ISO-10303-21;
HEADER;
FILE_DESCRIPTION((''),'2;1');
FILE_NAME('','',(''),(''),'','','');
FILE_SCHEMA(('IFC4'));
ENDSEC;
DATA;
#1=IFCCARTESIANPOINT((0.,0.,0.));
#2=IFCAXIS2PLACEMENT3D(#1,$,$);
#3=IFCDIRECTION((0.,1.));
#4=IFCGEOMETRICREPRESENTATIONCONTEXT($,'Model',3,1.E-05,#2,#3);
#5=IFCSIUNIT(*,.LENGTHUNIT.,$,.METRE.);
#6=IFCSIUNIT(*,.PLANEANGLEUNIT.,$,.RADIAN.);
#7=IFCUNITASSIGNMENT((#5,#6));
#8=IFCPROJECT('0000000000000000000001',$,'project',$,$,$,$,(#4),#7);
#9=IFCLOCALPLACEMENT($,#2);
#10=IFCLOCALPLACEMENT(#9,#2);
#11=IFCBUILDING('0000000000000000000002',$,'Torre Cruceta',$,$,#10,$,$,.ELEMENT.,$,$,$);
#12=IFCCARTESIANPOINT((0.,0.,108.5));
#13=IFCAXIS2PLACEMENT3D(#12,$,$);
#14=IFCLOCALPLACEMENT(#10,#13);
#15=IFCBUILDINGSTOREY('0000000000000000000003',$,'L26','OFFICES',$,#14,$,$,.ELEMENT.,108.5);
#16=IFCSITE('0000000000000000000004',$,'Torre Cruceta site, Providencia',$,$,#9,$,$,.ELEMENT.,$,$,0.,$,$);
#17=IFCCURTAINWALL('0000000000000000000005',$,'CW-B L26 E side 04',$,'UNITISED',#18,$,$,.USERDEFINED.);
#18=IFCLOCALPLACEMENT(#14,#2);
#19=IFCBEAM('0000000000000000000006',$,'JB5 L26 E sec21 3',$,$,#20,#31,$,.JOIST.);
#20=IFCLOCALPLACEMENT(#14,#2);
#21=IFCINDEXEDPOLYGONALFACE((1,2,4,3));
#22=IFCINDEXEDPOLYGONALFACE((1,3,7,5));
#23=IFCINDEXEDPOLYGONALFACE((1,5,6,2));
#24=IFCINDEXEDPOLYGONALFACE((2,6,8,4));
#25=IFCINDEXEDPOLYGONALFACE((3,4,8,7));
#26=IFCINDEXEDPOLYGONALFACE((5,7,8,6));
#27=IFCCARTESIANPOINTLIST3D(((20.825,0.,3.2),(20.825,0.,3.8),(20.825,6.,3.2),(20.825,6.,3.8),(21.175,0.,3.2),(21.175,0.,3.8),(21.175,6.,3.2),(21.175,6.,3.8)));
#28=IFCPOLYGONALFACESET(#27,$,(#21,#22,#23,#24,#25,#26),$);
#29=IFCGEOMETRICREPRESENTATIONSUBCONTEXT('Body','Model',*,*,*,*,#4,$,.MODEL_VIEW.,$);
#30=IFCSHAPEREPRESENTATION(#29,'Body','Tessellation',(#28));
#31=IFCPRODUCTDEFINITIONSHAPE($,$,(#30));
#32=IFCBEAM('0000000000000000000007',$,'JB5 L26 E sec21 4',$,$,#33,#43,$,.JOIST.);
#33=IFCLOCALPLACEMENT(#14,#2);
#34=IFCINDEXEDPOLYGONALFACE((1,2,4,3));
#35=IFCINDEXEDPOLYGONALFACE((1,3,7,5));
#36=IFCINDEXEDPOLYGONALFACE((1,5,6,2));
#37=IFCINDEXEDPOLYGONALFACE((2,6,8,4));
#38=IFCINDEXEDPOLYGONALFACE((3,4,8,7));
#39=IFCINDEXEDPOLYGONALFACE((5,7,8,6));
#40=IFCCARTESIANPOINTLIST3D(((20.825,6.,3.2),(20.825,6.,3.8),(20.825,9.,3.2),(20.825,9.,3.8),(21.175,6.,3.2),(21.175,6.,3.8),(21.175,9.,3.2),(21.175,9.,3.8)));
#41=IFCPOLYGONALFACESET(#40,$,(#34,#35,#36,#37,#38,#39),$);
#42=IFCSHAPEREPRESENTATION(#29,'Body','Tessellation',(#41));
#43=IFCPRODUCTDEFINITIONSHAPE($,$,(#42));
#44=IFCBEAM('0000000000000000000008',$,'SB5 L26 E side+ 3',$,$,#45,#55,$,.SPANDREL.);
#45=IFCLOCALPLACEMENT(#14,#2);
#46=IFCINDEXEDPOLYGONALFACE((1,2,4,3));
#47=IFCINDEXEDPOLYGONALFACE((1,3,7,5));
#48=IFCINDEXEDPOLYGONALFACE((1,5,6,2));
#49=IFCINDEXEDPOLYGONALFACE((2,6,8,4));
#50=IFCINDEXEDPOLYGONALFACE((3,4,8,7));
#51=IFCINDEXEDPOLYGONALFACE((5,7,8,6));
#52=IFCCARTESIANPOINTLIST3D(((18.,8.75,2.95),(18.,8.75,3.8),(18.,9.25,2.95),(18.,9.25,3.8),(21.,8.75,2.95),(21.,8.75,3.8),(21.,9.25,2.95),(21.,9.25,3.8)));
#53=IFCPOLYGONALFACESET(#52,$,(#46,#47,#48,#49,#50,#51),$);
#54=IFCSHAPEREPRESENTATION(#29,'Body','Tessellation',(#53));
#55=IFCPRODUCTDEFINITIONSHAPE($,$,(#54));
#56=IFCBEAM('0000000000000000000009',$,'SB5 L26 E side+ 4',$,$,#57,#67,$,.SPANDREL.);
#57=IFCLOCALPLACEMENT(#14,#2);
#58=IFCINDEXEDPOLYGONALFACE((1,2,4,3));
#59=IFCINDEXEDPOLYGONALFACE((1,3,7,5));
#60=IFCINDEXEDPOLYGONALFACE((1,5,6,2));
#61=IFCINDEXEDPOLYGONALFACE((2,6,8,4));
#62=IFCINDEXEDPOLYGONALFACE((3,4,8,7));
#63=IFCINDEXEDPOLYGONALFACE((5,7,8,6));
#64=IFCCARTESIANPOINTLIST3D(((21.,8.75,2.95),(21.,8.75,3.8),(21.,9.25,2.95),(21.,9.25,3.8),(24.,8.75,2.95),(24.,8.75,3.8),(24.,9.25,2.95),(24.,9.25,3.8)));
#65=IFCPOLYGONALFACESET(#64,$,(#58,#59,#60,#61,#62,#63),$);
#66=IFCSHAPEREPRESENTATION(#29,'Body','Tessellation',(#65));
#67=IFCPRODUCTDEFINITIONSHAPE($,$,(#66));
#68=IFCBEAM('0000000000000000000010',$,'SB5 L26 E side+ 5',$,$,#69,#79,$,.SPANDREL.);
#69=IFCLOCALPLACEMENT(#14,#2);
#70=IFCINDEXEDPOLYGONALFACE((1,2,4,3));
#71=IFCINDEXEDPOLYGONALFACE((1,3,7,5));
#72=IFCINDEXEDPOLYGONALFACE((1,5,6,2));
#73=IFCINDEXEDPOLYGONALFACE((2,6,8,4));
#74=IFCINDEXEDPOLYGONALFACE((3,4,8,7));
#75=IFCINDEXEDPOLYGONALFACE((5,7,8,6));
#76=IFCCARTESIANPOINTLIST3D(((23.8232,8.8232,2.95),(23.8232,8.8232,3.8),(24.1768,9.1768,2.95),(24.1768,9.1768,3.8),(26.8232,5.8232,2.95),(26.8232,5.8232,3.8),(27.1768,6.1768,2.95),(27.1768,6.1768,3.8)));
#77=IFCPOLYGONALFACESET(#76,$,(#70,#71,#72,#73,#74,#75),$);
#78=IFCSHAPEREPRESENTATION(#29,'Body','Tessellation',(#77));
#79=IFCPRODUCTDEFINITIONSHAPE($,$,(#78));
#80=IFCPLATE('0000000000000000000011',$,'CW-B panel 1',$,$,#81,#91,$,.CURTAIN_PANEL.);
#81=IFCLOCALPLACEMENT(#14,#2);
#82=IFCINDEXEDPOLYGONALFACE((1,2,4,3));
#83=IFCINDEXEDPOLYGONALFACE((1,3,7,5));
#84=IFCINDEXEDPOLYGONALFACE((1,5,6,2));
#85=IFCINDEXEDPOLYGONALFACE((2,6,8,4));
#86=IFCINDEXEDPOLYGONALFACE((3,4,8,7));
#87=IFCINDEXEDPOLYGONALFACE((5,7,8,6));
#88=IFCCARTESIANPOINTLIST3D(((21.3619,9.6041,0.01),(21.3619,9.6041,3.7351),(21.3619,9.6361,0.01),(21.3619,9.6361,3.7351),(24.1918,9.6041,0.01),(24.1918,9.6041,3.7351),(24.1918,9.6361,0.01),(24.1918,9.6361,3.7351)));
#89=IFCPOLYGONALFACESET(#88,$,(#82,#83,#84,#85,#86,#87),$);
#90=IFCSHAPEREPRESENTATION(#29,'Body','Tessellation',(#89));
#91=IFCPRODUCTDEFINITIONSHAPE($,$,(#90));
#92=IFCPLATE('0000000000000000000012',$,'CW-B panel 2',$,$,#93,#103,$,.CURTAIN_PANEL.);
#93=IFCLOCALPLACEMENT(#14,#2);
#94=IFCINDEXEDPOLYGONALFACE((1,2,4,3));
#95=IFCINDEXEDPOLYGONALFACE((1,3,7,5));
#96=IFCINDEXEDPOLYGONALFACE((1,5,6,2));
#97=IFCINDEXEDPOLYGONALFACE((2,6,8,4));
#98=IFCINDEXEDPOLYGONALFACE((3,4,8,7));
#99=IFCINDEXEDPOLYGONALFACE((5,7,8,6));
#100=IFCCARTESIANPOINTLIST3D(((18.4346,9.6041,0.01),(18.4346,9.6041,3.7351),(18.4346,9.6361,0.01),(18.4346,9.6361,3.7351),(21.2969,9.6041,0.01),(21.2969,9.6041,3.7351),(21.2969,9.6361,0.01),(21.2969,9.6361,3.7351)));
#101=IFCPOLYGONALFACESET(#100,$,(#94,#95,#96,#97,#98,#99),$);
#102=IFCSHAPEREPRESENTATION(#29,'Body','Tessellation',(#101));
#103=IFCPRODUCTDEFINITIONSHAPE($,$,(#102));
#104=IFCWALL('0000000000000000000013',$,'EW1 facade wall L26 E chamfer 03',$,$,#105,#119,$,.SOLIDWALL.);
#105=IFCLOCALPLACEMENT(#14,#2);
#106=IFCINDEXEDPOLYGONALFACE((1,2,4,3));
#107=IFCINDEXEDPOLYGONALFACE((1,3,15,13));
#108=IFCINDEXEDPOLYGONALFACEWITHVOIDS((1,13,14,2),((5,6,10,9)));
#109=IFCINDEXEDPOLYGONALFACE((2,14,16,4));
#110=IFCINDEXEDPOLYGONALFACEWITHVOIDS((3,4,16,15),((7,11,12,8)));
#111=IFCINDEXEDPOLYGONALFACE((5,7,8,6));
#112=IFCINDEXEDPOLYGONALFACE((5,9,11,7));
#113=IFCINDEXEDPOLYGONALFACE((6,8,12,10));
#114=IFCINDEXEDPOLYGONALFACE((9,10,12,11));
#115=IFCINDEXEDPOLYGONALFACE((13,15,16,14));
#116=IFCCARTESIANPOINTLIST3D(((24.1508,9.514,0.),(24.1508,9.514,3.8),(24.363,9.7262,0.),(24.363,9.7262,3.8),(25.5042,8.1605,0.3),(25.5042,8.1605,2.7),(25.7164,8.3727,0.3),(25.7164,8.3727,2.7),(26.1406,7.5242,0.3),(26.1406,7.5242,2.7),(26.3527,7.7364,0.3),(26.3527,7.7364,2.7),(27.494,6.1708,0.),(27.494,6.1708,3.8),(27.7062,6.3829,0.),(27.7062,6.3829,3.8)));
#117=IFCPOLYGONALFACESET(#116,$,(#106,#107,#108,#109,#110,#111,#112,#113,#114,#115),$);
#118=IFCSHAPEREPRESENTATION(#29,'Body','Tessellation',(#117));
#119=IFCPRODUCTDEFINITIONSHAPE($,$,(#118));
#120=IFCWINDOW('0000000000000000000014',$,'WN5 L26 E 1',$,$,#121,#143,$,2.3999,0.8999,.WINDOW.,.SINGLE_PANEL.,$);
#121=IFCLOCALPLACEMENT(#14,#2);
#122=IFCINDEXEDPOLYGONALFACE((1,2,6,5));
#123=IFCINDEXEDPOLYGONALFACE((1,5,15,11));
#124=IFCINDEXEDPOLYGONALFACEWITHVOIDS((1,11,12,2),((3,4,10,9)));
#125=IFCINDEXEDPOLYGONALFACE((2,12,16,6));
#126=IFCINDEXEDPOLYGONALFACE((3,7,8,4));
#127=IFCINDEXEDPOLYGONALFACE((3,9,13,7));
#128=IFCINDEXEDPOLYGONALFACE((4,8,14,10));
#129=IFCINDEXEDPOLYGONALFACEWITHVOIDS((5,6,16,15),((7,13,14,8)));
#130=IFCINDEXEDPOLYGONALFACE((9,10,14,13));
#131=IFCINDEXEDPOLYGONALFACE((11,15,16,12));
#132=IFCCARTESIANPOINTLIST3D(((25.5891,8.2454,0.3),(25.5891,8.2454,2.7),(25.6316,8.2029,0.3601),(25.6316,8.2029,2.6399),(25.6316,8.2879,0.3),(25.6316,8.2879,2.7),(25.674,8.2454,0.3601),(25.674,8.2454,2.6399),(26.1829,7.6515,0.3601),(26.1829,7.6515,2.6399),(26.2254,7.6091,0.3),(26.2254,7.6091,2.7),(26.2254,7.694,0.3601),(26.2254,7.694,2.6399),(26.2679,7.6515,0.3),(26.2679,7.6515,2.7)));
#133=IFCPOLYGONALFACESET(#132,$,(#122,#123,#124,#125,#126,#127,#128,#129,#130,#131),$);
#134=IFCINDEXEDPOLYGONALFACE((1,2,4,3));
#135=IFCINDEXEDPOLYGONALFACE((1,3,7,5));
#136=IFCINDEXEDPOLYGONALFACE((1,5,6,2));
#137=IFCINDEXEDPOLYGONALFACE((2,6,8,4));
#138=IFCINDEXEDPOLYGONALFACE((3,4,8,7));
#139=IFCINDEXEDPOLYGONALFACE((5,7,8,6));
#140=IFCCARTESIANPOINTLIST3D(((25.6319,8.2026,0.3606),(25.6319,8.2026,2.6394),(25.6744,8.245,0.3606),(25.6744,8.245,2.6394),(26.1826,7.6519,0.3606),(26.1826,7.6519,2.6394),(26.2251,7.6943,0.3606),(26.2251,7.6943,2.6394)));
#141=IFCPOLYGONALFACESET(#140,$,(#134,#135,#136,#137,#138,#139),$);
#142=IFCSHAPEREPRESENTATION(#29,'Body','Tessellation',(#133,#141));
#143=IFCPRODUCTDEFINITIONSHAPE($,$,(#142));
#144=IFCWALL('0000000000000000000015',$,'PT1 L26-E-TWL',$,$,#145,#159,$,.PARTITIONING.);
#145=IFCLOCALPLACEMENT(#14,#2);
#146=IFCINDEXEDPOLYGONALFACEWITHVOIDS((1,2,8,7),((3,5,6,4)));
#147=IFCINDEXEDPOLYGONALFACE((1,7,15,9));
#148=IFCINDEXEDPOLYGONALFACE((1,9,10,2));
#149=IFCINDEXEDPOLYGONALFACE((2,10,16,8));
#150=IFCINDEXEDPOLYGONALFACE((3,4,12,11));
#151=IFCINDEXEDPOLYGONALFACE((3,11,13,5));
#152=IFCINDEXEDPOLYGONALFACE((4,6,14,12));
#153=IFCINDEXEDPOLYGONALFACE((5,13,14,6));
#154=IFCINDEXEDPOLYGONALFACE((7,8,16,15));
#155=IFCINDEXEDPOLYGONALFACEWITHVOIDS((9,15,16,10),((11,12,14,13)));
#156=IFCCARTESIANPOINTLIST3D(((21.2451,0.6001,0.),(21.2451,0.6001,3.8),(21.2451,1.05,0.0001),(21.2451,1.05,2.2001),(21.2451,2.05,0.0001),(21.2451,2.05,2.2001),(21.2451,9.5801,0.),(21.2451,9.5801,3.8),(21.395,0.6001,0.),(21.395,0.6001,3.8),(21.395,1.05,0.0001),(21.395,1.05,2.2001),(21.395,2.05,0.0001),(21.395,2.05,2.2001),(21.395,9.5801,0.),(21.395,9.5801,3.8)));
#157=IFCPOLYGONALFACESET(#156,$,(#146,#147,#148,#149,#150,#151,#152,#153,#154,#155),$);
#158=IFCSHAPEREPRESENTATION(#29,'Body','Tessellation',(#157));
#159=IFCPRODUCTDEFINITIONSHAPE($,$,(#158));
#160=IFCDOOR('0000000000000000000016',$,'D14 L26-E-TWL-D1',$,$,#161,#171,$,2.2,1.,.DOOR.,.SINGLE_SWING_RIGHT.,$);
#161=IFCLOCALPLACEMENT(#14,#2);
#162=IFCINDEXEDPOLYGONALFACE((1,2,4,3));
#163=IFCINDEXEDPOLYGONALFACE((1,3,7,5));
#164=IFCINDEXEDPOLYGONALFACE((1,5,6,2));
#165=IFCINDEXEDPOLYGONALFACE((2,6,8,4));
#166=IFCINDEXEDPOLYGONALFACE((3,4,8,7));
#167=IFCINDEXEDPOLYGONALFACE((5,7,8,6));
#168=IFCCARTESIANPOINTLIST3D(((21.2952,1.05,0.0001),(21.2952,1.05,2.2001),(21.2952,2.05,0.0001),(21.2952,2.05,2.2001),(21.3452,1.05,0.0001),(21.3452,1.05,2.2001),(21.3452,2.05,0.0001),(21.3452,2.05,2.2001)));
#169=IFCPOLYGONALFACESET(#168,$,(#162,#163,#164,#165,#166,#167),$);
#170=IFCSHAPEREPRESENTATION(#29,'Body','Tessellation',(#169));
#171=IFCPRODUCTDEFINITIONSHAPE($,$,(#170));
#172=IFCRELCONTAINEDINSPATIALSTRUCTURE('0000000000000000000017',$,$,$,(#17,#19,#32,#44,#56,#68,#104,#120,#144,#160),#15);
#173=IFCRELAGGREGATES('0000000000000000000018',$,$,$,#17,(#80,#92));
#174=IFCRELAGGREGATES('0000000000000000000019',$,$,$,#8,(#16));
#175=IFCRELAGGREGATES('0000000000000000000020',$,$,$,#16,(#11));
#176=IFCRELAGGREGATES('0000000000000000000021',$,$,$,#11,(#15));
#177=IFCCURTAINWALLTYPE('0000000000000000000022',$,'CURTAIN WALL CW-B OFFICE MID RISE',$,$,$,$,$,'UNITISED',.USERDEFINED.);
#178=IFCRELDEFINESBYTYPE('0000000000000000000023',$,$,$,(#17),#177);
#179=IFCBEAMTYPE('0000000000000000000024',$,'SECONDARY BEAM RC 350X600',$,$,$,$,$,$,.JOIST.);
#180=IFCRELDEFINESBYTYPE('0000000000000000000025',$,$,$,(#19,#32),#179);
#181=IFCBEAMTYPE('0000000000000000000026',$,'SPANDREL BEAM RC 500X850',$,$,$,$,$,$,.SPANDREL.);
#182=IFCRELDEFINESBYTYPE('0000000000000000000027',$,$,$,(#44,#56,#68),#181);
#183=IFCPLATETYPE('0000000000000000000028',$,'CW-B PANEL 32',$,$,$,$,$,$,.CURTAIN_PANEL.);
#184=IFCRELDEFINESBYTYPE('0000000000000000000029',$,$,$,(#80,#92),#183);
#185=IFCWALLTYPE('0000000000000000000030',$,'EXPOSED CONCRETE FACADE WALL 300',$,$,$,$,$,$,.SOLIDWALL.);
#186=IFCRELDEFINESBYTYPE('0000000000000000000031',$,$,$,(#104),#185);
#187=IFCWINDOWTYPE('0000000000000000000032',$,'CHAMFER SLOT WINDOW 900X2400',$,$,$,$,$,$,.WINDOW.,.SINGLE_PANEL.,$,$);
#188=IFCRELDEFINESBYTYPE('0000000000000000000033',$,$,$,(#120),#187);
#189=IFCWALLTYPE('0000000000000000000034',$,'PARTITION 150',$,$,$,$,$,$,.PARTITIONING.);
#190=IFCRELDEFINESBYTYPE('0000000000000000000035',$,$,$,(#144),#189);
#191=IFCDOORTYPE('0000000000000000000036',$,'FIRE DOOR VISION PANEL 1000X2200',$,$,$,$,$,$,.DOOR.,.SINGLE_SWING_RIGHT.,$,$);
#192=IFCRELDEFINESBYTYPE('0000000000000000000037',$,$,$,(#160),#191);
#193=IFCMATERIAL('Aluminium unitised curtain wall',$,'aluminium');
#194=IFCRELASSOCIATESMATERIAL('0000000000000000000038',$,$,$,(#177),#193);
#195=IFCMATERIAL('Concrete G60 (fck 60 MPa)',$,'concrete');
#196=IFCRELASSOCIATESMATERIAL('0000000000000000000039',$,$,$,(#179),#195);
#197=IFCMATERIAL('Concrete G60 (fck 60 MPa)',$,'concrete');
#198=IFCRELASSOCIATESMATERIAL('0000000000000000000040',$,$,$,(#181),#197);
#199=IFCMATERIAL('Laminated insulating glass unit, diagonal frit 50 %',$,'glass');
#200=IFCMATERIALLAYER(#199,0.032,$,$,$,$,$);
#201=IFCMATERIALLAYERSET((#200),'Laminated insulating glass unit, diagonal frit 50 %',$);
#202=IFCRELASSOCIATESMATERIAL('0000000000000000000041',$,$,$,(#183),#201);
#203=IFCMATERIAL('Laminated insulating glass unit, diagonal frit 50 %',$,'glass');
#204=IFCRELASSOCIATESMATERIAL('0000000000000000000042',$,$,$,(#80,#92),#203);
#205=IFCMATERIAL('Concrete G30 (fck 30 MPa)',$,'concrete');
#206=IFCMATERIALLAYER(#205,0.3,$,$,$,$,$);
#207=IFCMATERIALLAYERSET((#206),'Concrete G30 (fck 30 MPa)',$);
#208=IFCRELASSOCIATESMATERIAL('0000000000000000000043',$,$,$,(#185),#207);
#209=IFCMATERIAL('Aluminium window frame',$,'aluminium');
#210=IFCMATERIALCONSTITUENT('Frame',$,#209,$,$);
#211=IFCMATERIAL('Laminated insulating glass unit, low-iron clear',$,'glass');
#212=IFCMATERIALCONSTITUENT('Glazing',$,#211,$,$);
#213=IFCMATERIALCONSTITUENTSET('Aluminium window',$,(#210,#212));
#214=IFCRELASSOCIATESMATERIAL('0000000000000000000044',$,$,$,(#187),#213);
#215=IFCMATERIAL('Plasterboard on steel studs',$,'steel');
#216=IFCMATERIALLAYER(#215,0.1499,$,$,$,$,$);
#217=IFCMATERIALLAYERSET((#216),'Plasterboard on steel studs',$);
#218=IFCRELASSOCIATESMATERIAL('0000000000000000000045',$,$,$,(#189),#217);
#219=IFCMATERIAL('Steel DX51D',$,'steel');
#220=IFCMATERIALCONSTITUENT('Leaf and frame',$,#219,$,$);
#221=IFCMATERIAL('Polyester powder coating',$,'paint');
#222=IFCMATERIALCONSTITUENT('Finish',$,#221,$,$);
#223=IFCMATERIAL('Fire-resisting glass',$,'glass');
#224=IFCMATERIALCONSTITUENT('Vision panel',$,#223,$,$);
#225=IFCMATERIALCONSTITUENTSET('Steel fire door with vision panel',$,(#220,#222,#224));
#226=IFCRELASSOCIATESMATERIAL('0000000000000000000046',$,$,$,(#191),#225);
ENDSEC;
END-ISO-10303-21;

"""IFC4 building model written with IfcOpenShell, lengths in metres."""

from ifc_helpers import new_model, si_unit, direction, frame, frame_2d, origin, origin_2d, place, context, subcontext, project, spatial, rectangle, hollow_rectangle, extrude, material, layer, layer_set, constituent, constituent_set, material_profile, profile_set, type_object, element, fill, aggregate, save


model = new_model("IFC4")

# Units and contexts
model_context = context("Model", 3, precision=1e-05, world=origin(), true_north=direction((0.0, 1.0)))
body_context = subcontext(model_context, "Body", "Model", "MODEL_VIEW")
ifc_project = project(units=[si_unit("LENGTHUNIT", "METRE"), si_unit("PLANEANGLEUNIT", "RADIAN")], contexts=[model_context])

# Site, building, storey
site_placement = place(None, origin())
site = spatial("IfcSite", under=ifc_project, at=site_placement, Name="Torre Cruceta site, Providencia", CompositionType="ELEMENT", RefElevation=0.0)
building_placement = place(site_placement, origin())
building = spatial("IfcBuilding", under=site, at=building_placement, Name="Torre Cruceta", CompositionType="ELEMENT")
storey_placement = place(building_placement, frame((0.0, 0.0, 108.5)))
storey = spatial("IfcBuildingStorey", under=building, at=storey_placement, Name="L26", Description="OFFICES", CompositionType="ELEMENT", Elevation=108.5)

# Curtain wall
ifc_material_1 = material(Name="Aluminium unitised curtain wall", Category="aluminium")
curtain_wall_type = type_object("IfcCurtainWallType", Name="CURTAIN WALL CW-B OFFICE MID RISE", ElementType="UNITISED", PredefinedType="USERDEFINED", material=ifc_material_1)
curtain_wall_placement = place(storey_placement, origin())
curtain_wall = element("IfcCurtainWall", 1, at=curtain_wall_placement, inside=storey, type_object=curtain_wall_type, Name="CW-B L26 E side 04", ObjectType="UNITISED", PredefinedType="USERDEFINED")

# Beams
ifc_material_2 = material(Name="Concrete G60 (fck 60 MPa)", Category="concrete")
ifc_material_profile_1 = material_profile(ifc_material_2, rectangle(XDim=0.3501, YDim=0.6001, at=origin_2d()), Name="RC 350X600")
ifc_profile_set_1 = profile_set([ifc_material_profile_1], Name="Concrete G60 (fck 60 MPa)")
beam_type_1 = type_object("IfcBeamType", Name="SECONDARY BEAM RC 350X600", PredefinedType="JOIST", material=ifc_profile_set_1)
beam_1_placement = place(storey_placement, frame((21.0, 0.0, 3.5), z_axis=(0.0, 1.0, 0.0), x_axis=(-1.0, 0.0, 0.0)))
element("IfcBeam", 2, at=beam_1_placement, inside=storey, type_object=beam_type_1, Name="JB5 L26 E sec21 3", PredefinedType="JOIST", context=body_context, shape_type="SweptSolid", body=[
    extrude(rectangle(XDim=0.3501, YDim=0.6001, at=origin_2d()), origin(), (0.0, 0.0, 1.0), 6.0),
])
beam_2_placement = place(storey_placement, frame((21.0, 6.0, 3.5), z_axis=(0.0, 1.0, 0.0), x_axis=(-1.0, 0.0, 0.0)))
element("IfcBeam", 3, at=beam_2_placement, inside=storey, type_object=beam_type_1, Name="JB5 L26 E sec21 4", PredefinedType="JOIST", context=body_context, shape_type="SweptSolid", body=[
    extrude(rectangle(XDim=0.3501, YDim=0.6001, at=origin_2d()), origin(), (0.0, 0.0, 1.0), 3.0),
])
ifc_material_3 = material(Name="Concrete G60 (fck 60 MPa)", Category="concrete")
ifc_material_profile_2 = material_profile(ifc_material_3, rectangle(XDim=0.5, YDim=0.8501, at=origin_2d()), Name="RC 500X850")
ifc_profile_set_2 = profile_set([ifc_material_profile_2], Name="Concrete G60 (fck 60 MPa)")
beam_type_2 = type_object("IfcBeamType", Name="SPANDREL BEAM RC 500X850", PredefinedType="SPANDREL", material=ifc_profile_set_2)
for number, where, z_axis, x_axis, name in (
    (4, (18.0, 9.0, 3.375), (1.0, 0.0, 0.0), (0.0, 1.0, 0.0), "SB5 L26 E side+ 3"),
    (5, (21.0, 9.0, 3.375), (1.0, 0.0, 0.0), (0.0, 1.0, 0.0), "SB5 L26 E side+ 4"),
):
    element("IfcBeam", number, at=place(storey_placement, frame(where, z_axis=z_axis, x_axis=x_axis)), inside=storey, type_object=beam_type_2, Name=name, PredefinedType="SPANDREL", context=body_context, shape_type="SweptSolid", body=[
        extrude(rectangle(XDim=0.5, YDim=0.8501, at=origin_2d()), origin(), (0.0, 0.0, 1.0), 3.0),
    ])
beam_3_placement = place(storey_placement, frame((24.0, 9.0, 3.375), z_axis=(0.707107, -0.707107, 0.0), x_axis=(0.707107, 0.707107, 0.0)))
element("IfcBeam", 6, at=beam_3_placement, inside=storey, type_object=beam_type_2, Name="SB5 L26 E side+ 5", PredefinedType="SPANDREL", context=body_context, shape_type="SweptSolid", body=[
    extrude(rectangle(XDim=0.5, YDim=0.8501, at=origin_2d()), origin(), (0.0, 0.0, 1.0), 4.2427),
])

# Plates
ifc_material_4 = material(Name="Laminated insulating glass unit, diagonal frit 50 %", Category="glass")
ifc_material_5 = material(Name="Laminated insulating glass unit, diagonal frit 50 %", Category="glass")
ifc_layer_1 = layer(ifc_material_5, 0.032)
ifc_layer_set_1 = layer_set([ifc_layer_1], Name="Laminated insulating glass unit, diagonal frit 50 %")
plate_type = type_object("IfcPlateType", Name="CW-B PANEL 32", PredefinedType="CURTAIN_PANEL", material=ifc_layer_set_1)
plate_1_placement = place(storey_placement, frame((22.7769, 9.6201, 0.01), z_axis=(0.0, 0.0, 1.0), x_axis=(-1.0, 0.0, 0.0)))
plate_1 = element("IfcPlate", 7, at=plate_1_placement, type_object=plate_type, material=ifc_material_4, Name="CW-B panel 1", PredefinedType="CURTAIN_PANEL", context=body_context, shape_type="SweptSolid", body=[
    extrude(rectangle(XDim=2.8298, YDim=0.032, at=origin_2d()), origin(), (0.0, 0.0, 1.0), 3.7251),
])
plate_2_placement = place(storey_placement, frame((19.8657, 9.6201, 0.01), z_axis=(0.0, 0.0, 1.0), x_axis=(-1.0, 0.0, 0.0)))
plate_2 = element("IfcPlate", 8, at=plate_2_placement, type_object=plate_type, material=ifc_material_4, Name="CW-B panel 2", PredefinedType="CURTAIN_PANEL", context=body_context, shape_type="SweptSolid", body=[
    extrude(rectangle(XDim=2.8623, YDim=0.032, at=origin_2d()), origin(), (0.0, 0.0, 1.0), 3.7251),
])
aggregate(curtain_wall, [plate_1, plate_2])

# Wall, opening, window
ifc_material_6 = material(Name="Concrete G30 (fck 30 MPa)", Category="concrete")
ifc_layer_2 = layer(ifc_material_6, 0.3)
ifc_layer_set_2 = layer_set([ifc_layer_2], Name="Concrete G30 (fck 30 MPa)")
wall_type_1 = type_object("IfcWallType", Name="EXPOSED CONCRETE FACADE WALL 300", PredefinedType="SOLIDWALL", material=ifc_layer_set_2)
wall_1_placement = place(storey_placement, frame((27.6001, 6.2769, 0.0), z_axis=(0.0, 0.0, 1.0), x_axis=(-0.707107, 0.707107, 0.0)))
wall_1 = element("IfcWall", 9, at=wall_1_placement, inside=storey, type_object=wall_type_1, Name="EW1 facade wall L26 E chamfer 03", PredefinedType="SOLIDWALL", context=body_context, shape_type="SweptSolid", body=[
    extrude(rectangle(XDim=4.728, YDim=0.3, at=frame_2d((2.364, 0.0))), origin(), (0.0, 0.0, 1.0), 3.8),
])
opening_1_placement = place(wall_1_placement, frame((1.9141, 0.0, 0.3)))
opening_1 = element("IfcOpeningElement", 10, at=opening_1_placement, cuts=wall_1, PredefinedType="OPENING", context=body_context, shape_type="SweptSolid", body=[
    extrude(rectangle(XDim=0.8999, YDim=2.3999, at=frame_2d((0.45, 1.2))), frame((0.0, 0.1599, 0.0), z_axis=(0.0, -1.0, 0.0), x_axis=(1.0, 0.0, 0.0)), (0.0, 0.0, 1.0), 0.3201),
])
ifc_material_7 = material(Name="Aluminium window frame", Category="aluminium")
ifc_constituent_1 = constituent(ifc_material_7, Name="Frame")
ifc_material_8 = material(Name="Laminated insulating glass unit, low-iron clear", Category="glass")
ifc_constituent_2 = constituent(ifc_material_8, Name="Glazing")
ifc_constituent_set_1 = constituent_set(constituents=[ifc_constituent_1, ifc_constituent_2], Name="Aluminium window")
window_type = type_object("IfcWindowType", Name="CHAMFER SLOT WINDOW 900X2400", PartitioningType="SINGLE_PANEL", PredefinedType="WINDOW", material=ifc_constituent_set_1)
window_placement = place(opening_1_placement, origin())
window = element("IfcWindow", 11, at=window_placement, inside=storey, type_object=window_type, Name="WN5 L26 E 1", OverallHeight=2.3999, OverallWidth=0.8999, PartitioningType="SINGLE_PANEL", PredefinedType="WINDOW", context=body_context, shape_type="SweptSolid", body=[
    extrude(hollow_rectangle(XDim=0.8999, YDim=2.3999, WallThickness=0.0601, at=frame_2d((0.45, 1.2))), frame((0.0, 0.03, 0.0), z_axis=(0.0, -1.0, 0.0), x_axis=(1.0, 0.0, 0.0)), (0.0, 0.0, 1.0), 0.0601),
    extrude(rectangle(XDim=0.7788, YDim=2.2788, at=frame_2d((0.45, 1.2))), frame((0.0, 0.03, 0.0), z_axis=(0.0, -1.0, 0.0), x_axis=(1.0, 0.0, 0.0)), (0.0, 0.0, 1.0), 0.0601),
])
fill(opening_1, window)

# Wall, opening, door
ifc_material_9 = material(Name="Plasterboard on steel studs", Category="steel")
ifc_layer_3 = layer(ifc_material_9, 0.1499)
ifc_layer_set_3 = layer_set([ifc_layer_3], Name="Plasterboard on steel studs")
wall_type_2 = type_object("IfcWallType", Name="PARTITION 150", PredefinedType="PARTITIONING", material=ifc_layer_set_3)
wall_2_placement = place(storey_placement, frame((21.3201, 0.6001, 0.0), z_axis=(0.0, 0.0, 1.0), x_axis=(0.0, 1.0, 0.0)))
wall_2 = element("IfcWall", 12, at=wall_2_placement, inside=storey, type_object=wall_type_2, Name="PT1 L26-E-TWL", PredefinedType="PARTITIONING", context=body_context, shape_type="SweptSolid", body=[
    extrude(rectangle(XDim=8.98, YDim=0.1499, at=frame_2d((4.49, 0.0))), origin(), (0.0, 0.0, 1.0), 3.8),
])
opening_2_placement = place(wall_2_placement, frame((0.45, 0.0, 0.0)))
opening_2 = element("IfcOpeningElement", 13, at=opening_2_placement, cuts=wall_2, PredefinedType="OPENING", context=body_context, shape_type="SweptSolid", body=[
    extrude(rectangle(XDim=1.0, YDim=2.2, at=frame_2d((0.5, 1.1001))), frame((0.0, 0.085, 0.0), z_axis=(0.0, -1.0, 0.0), x_axis=(1.0, 0.0, 0.0)), (0.0, 0.0, 1.0), 0.1699),
])
ifc_material_10 = material(Name="Steel DX51D", Category="steel")
ifc_constituent_3 = constituent(ifc_material_10, Name="Leaf and frame")
ifc_material_11 = material(Name="Polyester powder coating", Category="paint")
ifc_constituent_4 = constituent(ifc_material_11, Name="Finish")
ifc_material_12 = material(Name="Fire-resisting glass", Category="glass")
ifc_constituent_5 = constituent(ifc_material_12, Name="Vision panel")
ifc_constituent_set_2 = constituent_set(constituents=[ifc_constituent_3, ifc_constituent_4, ifc_constituent_5], Name="Steel fire door with vision panel")
door_type = type_object("IfcDoorType", Name="FIRE DOOR VISION PANEL 1000X2200", OperationType="SINGLE_SWING_RIGHT", PredefinedType="DOOR", material=ifc_constituent_set_2)
door_placement = place(opening_2_placement, frame((1.0, 0.0, 0.0), z_axis=(0.0, 0.0, 1.0), x_axis=(-1.0, 0.0, 0.0)))
door = element("IfcDoor", 14, at=door_placement, inside=storey, type_object=door_type, Name="D14 L26-E-TWL-D1", OperationType="SINGLE_SWING_RIGHT", OverallHeight=2.2, OverallWidth=1.0, PredefinedType="DOOR", context=body_context, shape_type="SweptSolid", body=[
    extrude(rectangle(XDim=1.0, YDim=2.2, at=frame_2d((0.5, 1.1001))), frame((0.0, 0.0251, 0.0), z_axis=(0.0, -1.0, 0.0), x_axis=(1.0, 0.0, 0.0)), (0.0, 0.0, 1.0), 0.05),
])
fill(opening_2, door)

save(model, "model.ifc")
